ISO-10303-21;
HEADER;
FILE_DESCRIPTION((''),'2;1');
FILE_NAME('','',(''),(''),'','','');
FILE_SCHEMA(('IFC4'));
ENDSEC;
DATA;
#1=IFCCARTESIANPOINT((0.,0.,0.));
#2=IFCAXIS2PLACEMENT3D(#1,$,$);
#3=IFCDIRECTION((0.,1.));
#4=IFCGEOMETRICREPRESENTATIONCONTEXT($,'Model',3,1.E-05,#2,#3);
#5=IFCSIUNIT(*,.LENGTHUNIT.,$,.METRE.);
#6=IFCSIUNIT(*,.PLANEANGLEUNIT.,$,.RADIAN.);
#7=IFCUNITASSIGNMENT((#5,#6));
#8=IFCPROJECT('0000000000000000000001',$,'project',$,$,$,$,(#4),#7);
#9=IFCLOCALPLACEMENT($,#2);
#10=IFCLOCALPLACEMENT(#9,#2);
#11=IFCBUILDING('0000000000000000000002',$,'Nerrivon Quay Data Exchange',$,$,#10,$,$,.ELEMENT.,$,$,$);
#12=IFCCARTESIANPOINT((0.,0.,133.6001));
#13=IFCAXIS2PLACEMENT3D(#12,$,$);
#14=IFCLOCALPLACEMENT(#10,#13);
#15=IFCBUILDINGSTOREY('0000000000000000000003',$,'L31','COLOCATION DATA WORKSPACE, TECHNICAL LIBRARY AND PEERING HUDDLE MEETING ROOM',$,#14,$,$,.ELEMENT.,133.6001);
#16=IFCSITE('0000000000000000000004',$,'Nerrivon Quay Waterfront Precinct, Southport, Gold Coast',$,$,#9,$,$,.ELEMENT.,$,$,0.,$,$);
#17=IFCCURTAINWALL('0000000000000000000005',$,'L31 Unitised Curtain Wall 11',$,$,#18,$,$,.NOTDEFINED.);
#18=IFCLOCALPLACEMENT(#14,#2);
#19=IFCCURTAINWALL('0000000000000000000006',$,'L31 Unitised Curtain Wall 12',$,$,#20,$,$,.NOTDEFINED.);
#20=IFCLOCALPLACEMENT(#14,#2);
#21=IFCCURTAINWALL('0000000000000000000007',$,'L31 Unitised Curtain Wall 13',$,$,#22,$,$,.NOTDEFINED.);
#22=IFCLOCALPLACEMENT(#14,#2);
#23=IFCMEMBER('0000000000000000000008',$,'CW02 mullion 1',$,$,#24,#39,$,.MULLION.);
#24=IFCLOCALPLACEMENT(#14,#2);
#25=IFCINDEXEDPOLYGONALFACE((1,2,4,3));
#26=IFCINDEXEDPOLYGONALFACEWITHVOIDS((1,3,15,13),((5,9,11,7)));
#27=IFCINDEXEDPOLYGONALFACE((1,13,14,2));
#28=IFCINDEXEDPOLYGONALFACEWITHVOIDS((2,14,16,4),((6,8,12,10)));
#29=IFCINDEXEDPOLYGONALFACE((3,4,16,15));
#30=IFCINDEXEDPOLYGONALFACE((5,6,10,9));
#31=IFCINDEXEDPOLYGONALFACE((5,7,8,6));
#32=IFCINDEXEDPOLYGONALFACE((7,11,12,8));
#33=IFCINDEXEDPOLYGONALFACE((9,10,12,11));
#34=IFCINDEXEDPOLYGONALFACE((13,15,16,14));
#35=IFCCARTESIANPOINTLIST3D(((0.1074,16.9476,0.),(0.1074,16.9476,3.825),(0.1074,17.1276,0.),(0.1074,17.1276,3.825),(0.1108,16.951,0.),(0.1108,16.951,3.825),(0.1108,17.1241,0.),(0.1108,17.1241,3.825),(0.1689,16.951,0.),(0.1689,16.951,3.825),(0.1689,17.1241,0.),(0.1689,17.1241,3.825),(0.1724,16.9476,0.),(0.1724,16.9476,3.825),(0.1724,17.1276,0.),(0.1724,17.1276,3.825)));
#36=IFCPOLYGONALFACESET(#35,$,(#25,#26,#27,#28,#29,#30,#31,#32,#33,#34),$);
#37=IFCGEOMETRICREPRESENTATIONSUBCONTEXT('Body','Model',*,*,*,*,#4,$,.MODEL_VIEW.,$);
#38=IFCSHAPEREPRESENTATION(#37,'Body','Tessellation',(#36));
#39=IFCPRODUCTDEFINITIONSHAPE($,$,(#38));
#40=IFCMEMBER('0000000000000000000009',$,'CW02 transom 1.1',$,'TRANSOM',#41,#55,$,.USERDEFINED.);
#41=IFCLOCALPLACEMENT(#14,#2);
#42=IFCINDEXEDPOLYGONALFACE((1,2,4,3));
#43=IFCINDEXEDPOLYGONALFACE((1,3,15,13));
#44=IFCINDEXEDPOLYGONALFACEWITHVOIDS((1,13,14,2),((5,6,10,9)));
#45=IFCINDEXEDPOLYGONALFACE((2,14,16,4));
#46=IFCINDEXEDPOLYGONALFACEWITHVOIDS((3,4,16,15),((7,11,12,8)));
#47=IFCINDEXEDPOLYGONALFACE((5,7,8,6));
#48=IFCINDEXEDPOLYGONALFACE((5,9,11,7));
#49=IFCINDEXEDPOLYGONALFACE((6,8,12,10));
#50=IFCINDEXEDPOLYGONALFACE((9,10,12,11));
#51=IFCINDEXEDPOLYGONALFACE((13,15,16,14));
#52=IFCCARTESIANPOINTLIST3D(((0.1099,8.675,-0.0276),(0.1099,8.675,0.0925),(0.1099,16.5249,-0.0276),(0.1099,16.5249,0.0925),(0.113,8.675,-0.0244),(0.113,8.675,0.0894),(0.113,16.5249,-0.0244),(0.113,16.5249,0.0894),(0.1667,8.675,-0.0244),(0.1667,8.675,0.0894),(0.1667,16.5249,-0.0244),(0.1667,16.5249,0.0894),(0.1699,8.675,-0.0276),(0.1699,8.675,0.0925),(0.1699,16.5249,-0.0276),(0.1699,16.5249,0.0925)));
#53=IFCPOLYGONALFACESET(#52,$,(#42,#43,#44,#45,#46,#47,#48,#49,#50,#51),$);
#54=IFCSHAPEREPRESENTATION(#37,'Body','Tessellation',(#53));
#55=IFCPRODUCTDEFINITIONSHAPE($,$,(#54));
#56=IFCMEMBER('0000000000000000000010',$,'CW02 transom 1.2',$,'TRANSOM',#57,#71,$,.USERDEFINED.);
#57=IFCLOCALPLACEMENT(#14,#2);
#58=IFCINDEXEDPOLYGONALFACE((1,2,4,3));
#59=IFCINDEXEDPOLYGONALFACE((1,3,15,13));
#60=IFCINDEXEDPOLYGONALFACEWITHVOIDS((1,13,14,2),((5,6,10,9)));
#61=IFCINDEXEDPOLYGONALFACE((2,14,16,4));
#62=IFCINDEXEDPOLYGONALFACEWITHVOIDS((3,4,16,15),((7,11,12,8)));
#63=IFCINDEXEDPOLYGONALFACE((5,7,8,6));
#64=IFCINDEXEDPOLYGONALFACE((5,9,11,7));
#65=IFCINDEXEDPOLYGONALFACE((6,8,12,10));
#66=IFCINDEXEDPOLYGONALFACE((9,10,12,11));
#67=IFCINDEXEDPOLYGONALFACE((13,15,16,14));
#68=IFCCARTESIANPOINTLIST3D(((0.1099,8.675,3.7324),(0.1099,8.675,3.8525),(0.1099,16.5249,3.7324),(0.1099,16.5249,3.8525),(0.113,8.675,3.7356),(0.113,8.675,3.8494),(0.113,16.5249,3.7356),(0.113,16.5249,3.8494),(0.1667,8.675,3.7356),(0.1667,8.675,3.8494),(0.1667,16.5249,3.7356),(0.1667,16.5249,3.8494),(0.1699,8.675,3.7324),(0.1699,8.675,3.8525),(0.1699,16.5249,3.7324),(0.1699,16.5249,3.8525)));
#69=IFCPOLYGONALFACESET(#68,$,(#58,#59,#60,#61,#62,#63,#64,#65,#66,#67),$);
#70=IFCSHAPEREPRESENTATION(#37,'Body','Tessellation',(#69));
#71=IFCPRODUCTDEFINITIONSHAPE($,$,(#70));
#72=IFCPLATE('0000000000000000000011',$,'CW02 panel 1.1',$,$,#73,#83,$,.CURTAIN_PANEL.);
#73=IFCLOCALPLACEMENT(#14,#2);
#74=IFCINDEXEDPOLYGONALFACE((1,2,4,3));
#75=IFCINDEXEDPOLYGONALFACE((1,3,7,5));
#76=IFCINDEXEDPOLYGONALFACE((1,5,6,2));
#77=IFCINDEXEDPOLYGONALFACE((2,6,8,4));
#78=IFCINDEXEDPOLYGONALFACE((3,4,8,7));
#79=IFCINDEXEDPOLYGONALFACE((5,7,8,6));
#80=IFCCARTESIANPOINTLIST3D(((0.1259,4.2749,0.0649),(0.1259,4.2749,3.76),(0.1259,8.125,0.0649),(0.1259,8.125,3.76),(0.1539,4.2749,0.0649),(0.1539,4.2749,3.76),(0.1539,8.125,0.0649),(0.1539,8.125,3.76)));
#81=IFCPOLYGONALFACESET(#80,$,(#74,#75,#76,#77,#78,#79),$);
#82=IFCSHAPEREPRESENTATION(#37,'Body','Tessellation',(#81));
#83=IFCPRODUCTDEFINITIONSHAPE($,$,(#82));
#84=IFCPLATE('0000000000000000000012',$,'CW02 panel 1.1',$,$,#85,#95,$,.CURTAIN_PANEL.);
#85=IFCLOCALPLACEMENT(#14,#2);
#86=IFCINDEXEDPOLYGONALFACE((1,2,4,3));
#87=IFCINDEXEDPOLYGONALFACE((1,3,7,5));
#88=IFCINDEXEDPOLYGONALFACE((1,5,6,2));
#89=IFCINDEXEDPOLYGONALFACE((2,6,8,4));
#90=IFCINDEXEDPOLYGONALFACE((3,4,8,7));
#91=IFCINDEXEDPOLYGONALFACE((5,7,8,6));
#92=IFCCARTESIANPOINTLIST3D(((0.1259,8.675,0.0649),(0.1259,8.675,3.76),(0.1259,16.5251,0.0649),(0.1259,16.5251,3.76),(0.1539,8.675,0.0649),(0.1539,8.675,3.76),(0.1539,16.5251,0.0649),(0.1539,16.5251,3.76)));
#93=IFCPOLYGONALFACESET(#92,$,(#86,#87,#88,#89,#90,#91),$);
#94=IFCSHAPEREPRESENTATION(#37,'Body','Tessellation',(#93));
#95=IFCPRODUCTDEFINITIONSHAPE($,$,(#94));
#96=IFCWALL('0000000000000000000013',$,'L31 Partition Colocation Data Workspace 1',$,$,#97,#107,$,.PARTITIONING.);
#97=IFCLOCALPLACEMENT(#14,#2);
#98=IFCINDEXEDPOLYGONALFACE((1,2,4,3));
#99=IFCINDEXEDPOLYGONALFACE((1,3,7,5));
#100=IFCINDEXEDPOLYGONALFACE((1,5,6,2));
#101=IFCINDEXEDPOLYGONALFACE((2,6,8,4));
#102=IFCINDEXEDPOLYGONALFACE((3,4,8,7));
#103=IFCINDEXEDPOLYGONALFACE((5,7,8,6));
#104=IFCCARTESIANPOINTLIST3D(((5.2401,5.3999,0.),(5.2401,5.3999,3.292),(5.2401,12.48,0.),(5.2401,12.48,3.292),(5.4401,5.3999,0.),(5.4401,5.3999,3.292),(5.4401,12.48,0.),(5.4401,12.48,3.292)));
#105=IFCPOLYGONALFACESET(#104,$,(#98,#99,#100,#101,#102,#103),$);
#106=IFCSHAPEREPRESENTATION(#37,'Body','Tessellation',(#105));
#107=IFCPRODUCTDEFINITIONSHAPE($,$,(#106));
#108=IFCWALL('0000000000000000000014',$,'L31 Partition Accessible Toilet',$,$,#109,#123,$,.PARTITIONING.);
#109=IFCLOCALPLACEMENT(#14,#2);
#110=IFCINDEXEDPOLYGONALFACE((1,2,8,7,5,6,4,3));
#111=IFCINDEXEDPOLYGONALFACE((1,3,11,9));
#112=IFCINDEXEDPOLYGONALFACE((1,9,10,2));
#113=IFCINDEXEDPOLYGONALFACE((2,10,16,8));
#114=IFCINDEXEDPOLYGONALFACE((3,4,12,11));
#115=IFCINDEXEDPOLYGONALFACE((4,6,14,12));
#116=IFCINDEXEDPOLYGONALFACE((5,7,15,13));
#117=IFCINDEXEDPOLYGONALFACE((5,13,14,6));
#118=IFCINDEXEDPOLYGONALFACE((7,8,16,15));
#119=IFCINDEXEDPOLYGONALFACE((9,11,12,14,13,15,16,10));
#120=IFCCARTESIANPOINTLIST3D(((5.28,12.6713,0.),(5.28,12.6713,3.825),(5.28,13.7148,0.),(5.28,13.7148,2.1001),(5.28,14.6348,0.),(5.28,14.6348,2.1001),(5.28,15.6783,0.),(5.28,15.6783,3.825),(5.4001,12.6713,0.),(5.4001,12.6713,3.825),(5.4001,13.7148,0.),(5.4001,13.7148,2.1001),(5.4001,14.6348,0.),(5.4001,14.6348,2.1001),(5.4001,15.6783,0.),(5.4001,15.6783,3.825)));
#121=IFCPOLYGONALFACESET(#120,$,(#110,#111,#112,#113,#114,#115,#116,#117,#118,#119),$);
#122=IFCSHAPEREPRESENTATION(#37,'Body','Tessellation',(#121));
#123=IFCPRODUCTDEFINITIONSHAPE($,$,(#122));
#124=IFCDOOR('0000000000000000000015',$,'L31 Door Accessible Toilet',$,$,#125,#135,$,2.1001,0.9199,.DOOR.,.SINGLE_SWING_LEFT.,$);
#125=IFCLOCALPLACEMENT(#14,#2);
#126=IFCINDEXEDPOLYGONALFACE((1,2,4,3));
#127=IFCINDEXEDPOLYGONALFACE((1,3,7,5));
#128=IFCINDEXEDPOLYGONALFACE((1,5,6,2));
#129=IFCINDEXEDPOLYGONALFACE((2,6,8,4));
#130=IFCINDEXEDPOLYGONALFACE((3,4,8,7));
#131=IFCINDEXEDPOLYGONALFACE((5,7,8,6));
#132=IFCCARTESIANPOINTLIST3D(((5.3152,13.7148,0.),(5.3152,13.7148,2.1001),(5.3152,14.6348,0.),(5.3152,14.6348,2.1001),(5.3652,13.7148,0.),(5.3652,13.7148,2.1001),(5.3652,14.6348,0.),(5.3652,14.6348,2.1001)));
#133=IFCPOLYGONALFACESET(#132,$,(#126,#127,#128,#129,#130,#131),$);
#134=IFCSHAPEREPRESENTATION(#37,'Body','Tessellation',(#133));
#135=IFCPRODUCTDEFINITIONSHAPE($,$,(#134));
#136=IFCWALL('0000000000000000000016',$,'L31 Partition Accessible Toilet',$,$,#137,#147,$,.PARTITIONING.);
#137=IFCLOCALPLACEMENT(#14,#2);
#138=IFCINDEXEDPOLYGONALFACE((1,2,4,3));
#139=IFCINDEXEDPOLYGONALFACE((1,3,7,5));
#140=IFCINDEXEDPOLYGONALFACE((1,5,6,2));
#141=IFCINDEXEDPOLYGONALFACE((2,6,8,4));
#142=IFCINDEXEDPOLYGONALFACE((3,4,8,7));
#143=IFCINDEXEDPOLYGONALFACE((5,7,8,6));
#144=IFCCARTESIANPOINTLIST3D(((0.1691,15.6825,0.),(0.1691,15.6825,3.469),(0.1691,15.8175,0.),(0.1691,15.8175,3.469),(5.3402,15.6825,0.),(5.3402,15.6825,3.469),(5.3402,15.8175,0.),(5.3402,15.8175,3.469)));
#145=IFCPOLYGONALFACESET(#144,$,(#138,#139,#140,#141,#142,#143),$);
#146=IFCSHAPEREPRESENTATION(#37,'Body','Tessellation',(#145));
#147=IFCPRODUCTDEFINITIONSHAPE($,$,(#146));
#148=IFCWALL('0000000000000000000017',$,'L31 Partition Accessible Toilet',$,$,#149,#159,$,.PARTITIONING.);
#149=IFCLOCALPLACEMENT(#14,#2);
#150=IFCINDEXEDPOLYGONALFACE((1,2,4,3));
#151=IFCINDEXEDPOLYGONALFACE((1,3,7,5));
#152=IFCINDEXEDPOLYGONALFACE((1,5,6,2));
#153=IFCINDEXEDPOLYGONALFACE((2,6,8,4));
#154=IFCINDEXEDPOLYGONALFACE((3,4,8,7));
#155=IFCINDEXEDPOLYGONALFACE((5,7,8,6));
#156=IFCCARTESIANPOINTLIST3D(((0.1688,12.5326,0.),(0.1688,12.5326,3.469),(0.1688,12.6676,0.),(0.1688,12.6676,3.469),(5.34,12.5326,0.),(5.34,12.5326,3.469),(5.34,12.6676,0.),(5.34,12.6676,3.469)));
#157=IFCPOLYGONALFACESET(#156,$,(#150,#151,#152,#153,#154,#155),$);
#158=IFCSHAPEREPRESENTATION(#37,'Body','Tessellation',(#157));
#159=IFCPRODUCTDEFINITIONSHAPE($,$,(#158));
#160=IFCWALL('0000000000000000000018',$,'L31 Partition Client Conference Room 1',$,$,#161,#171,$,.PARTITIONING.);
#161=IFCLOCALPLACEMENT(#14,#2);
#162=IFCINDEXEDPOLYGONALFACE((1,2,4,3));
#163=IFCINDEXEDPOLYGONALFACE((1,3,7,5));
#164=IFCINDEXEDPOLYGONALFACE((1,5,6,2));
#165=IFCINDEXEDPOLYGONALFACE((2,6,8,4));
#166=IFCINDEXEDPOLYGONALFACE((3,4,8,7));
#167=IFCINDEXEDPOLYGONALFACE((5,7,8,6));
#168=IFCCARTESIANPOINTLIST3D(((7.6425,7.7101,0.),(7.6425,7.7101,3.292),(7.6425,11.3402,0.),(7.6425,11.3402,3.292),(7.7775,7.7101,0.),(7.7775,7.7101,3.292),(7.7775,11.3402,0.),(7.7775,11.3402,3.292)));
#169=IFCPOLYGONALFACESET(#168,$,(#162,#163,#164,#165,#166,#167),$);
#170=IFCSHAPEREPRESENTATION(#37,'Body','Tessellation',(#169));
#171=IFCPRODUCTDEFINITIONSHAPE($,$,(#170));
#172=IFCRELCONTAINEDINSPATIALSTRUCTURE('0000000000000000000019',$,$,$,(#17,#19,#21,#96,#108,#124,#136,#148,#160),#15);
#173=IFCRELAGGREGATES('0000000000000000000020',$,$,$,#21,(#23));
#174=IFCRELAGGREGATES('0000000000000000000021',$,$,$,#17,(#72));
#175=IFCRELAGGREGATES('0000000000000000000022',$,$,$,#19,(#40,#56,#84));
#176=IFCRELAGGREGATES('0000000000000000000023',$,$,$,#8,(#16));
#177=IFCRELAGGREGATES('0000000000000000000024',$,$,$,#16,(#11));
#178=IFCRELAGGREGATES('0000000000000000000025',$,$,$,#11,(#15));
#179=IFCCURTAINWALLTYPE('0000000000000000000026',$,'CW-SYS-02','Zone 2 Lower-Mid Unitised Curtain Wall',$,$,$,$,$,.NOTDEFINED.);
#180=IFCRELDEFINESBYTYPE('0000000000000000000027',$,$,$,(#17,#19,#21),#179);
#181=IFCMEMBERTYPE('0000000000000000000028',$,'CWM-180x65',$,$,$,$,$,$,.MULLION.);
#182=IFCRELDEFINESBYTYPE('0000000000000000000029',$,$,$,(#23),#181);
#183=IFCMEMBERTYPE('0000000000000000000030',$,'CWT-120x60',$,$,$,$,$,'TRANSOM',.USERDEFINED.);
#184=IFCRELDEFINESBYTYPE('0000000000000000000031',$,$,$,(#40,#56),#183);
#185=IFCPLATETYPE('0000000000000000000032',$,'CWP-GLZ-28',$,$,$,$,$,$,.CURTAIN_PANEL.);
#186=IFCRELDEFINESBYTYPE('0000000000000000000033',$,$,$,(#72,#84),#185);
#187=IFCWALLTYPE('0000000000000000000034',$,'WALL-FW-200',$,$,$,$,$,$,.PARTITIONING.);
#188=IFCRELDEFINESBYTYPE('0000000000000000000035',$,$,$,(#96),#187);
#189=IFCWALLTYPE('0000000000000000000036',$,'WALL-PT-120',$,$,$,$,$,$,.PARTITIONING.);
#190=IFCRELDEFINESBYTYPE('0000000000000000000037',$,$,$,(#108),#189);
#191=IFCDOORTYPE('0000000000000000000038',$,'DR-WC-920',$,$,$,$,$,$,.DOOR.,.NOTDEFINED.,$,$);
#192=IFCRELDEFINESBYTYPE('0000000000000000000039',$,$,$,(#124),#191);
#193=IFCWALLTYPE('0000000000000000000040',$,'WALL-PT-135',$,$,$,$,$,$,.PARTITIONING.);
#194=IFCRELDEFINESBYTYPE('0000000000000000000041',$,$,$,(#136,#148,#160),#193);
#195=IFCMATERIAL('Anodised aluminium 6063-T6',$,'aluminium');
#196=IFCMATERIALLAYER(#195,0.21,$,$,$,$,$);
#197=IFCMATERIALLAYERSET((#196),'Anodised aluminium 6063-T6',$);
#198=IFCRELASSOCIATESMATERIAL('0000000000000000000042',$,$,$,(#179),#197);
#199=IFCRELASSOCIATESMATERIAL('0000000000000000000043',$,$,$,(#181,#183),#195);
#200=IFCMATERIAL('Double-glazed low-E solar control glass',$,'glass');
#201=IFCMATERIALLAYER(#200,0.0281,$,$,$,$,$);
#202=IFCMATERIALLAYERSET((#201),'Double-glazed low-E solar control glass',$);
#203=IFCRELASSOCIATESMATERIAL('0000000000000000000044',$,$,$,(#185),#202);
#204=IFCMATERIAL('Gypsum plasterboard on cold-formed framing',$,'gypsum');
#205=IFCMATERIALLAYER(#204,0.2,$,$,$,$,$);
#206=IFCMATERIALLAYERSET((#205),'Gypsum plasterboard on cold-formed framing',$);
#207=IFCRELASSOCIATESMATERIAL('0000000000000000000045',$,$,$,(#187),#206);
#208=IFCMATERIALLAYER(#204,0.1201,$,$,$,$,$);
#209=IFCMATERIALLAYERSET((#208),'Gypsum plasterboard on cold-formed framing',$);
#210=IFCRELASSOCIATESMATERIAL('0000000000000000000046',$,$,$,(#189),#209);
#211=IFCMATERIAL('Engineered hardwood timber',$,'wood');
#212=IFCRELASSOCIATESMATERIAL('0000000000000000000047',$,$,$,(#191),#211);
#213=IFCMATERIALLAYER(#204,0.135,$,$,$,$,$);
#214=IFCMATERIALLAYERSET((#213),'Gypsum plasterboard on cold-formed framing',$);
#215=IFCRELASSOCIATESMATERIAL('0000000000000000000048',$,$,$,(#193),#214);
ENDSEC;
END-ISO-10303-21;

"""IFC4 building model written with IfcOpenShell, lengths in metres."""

from ifc_helpers import new_model, si_unit, direction, frame, frame_2d, origin, origin_2d, place, context, subcontext, project, spatial, rectangle, hollow_rectangle, extrude, material, layer, layer_set, material_profile, profile_set, type_object, element, fill, aggregate, save


model = new_model("IFC4")

# Units and contexts
model_context = context("Model", 3, precision=1e-05, world=origin(), true_north=direction((0.0, 1.0)))
body_context = subcontext(model_context, "Body", "Model", "MODEL_VIEW")
ifc_project = project(units=[si_unit("LENGTHUNIT", "METRE"), si_unit("PLANEANGLEUNIT", "RADIAN")], contexts=[model_context])

# Site, building, storey
site_placement = place(None, origin())
site = spatial("IfcSite", under=ifc_project, at=site_placement, Name="Nerrivon Quay Waterfront Precinct, Southport, Gold Coast", CompositionType="ELEMENT", RefElevation=0.0)
building_placement = place(site_placement, origin())
building = spatial("IfcBuilding", under=site, at=building_placement, Name="Nerrivon Quay Data Exchange", CompositionType="ELEMENT")
storey_placement = place(building_placement, frame((0.0, 0.0, 133.6001)))
storey = spatial("IfcBuildingStorey", under=building, at=storey_placement, Name="L31", Description="COLOCATION DATA WORKSPACE, TECHNICAL LIBRARY AND PEERING HUDDLE MEETING ROOM", CompositionType="ELEMENT", Elevation=133.6001)

# Curtain wall
ifc_material_1 = material(Name="Anodised aluminium 6063-T6", Category="aluminium")
ifc_layer_1 = layer(ifc_material_1, 0.21)
ifc_layer_set_1 = layer_set([ifc_layer_1], Name="Anodised aluminium 6063-T6")
curtain_wall_type = type_object("IfcCurtainWallType", Name="CW-SYS-02", Description="Zone 2 Lower-Mid Unitised Curtain Wall", PredefinedType="NOTDEFINED", material=ifc_layer_set_1)
curtain_wall_1_placement = place(storey_placement, origin())
curtain_wall_1 = element("IfcCurtainWall", 1, at=curtain_wall_1_placement, inside=storey, type_object=curtain_wall_type, Name="L31 Unitised Curtain Wall 11", PredefinedType="NOTDEFINED")
ifc_material_profile_1 = material_profile(ifc_material_1, hollow_rectangle(XDim=0.0649, YDim=0.1799, WallThickness=0.0034, at=origin_2d()), Name="ALU-MULL-180x65")
ifc_profile_set_1 = profile_set([ifc_material_profile_1], Name="Anodised aluminium 6063-T6")
member_type_1 = type_object("IfcMemberType", Name="CWM-180x65", PredefinedType="MULLION", material=ifc_profile_set_1)

# Curtain wall
curtain_wall_2_placement = place(storey_placement, origin())
curtain_wall_2 = element("IfcCurtainWall", 2, at=curtain_wall_2_placement, inside=storey, type_object=curtain_wall_type, Name="L31 Unitised Curtain Wall 12", PredefinedType="NOTDEFINED")

# Curtain wall, member
curtain_wall_3_placement = place(storey_placement, origin())
curtain_wall_3 = element("IfcCurtainWall", 3, at=curtain_wall_3_placement, inside=storey, type_object=curtain_wall_type, Name="L31 Unitised Curtain Wall 13", PredefinedType="NOTDEFINED")
member_1_placement = place(storey_placement, frame((0.1399, 17.0376, 0.0), z_axis=(0.0, 0.0, 1.0), x_axis=(-1.0, 0.0, 0.0)))
member_1 = element("IfcMember", 4, at=member_1_placement, type_object=member_type_1, Name="CW02 mullion 1", PredefinedType="MULLION", context=body_context, shape_type="SweptSolid", body=[
    extrude(hollow_rectangle(XDim=0.0649, YDim=0.1799, WallThickness=0.0034, at=origin_2d()), origin(), (0.0, 0.0, 1.0), 3.825),
])
aggregate(curtain_wall_3, [member_1])

# Members
ifc_material_profile_2 = material_profile(ifc_material_1, hollow_rectangle(XDim=0.0601, YDim=0.1201, WallThickness=0.0032, at=origin_2d()), Name="ALU-TRAN-120x60")
ifc_profile_set_2 = profile_set([ifc_material_profile_2], Name="Anodised aluminium 6063-T6")
member_type_2 = type_object("IfcMemberType", Name="CWT-120x60", ElementType="TRANSOM", PredefinedType="USERDEFINED", material=ifc_profile_set_2)
member_2_placement = place(storey_placement, frame((0.1399, 8.675, 0.0325), z_axis=(0.0, 1.0, 0.0), x_axis=(-1.0, 0.0, 0.0)))
member_2 = element("IfcMember", 5, at=member_2_placement, type_object=member_type_2, Name="CW02 transom 1.1", ObjectType="TRANSOM", PredefinedType="USERDEFINED", context=body_context, shape_type="SweptSolid", body=[
    extrude(hollow_rectangle(XDim=0.0601, YDim=0.1201, WallThickness=0.0032, at=origin_2d()), origin(), (0.0, 0.0, 1.0), 7.8499),
])
member_3_placement = place(storey_placement, frame((0.1399, 8.675, 3.7925), z_axis=(0.0, 1.0, 0.0), x_axis=(-1.0, 0.0, 0.0)))
member_3 = element("IfcMember", 6, at=member_3_placement, type_object=member_type_2, Name="CW02 transom 1.2", ObjectType="TRANSOM", PredefinedType="USERDEFINED", context=body_context, shape_type="SweptSolid", body=[
    extrude(hollow_rectangle(XDim=0.0601, YDim=0.1201, WallThickness=0.0032, at=origin_2d()), origin(), (0.0, 0.0, 1.0), 7.8499),
])

# Plates
ifc_material_2 = material(Name="Double-glazed low-E solar control glass", Category="glass")
ifc_layer_2 = layer(ifc_material_2, 0.0281)
ifc_layer_set_2 = layer_set([ifc_layer_2], Name="Double-glazed low-E solar control glass")
plate_type = type_object("IfcPlateType", Name="CWP-GLZ-28", PredefinedType="CURTAIN_PANEL", material=ifc_layer_set_2)
plate_1_placement = place(storey_placement, frame((0.1399, 6.2, 0.0649), z_axis=(0.0, 0.0, 1.0), x_axis=(0.0, 1.0, 0.0)))
plate_1 = element("IfcPlate", 7, at=plate_1_placement, type_object=plate_type, Name="CW02 panel 1.1", PredefinedType="CURTAIN_PANEL", context=body_context, shape_type="SweptSolid", body=[
    extrude(rectangle(XDim=3.8501, YDim=0.0281, at=origin_2d()), origin(), (0.0, 0.0, 1.0), 3.6951),
])
aggregate(curtain_wall_1, [plate_1])
plate_2_placement = place(storey_placement, frame((0.1399, 12.6001, 0.0649), z_axis=(0.0, 0.0, 1.0), x_axis=(0.0, 1.0, 0.0)))
plate_2 = element("IfcPlate", 8, at=plate_2_placement, type_object=plate_type, Name="CW02 panel 1.1", PredefinedType="CURTAIN_PANEL", context=body_context, shape_type="SweptSolid", body=[
    extrude(rectangle(XDim=7.8501, YDim=0.0281, at=origin_2d()), origin(), (0.0, 0.0, 1.0), 3.6951),
])
aggregate(curtain_wall_2, [member_2, member_3, plate_2])

# Wall
ifc_material_3 = material(Name="Gypsum plasterboard on cold-formed framing", Category="gypsum")
ifc_layer_3 = layer(ifc_material_3, 0.2)
ifc_layer_set_3 = layer_set([ifc_layer_3], Name="Gypsum plasterboard on cold-formed framing")
wall_type_1 = type_object("IfcWallType", Name="WALL-FW-200", PredefinedType="PARTITIONING", material=ifc_layer_set_3)
wall_1_placement = place(storey_placement, frame((5.3401, 5.3999, 0.0), z_axis=(0.0, 0.0, 1.0), x_axis=(0.0, 1.0, 0.0)))
element("IfcWall", 9, at=wall_1_placement, inside=storey, type_object=wall_type_1, Name="L31 Partition Colocation Data Workspace 1", PredefinedType="PARTITIONING", context=body_context, shape_type="SweptSolid", body=[
    extrude(rectangle(XDim=7.0801, YDim=0.2, at=frame_2d((3.54, 0.0))), origin(), (0.0, 0.0, 1.0), 3.292),
])

# Wall, opening, door
ifc_layer_4 = layer(ifc_material_3, 0.1201)
ifc_layer_set_4 = layer_set([ifc_layer_4], Name="Gypsum plasterboard on cold-formed framing")
wall_type_2 = type_object("IfcWallType", Name="WALL-PT-120", PredefinedType="PARTITIONING", material=ifc_layer_set_4)
wall_2_placement = place(storey_placement, frame((5.3401, 12.6714, 0.0), z_axis=(0.0, 0.0, 1.0), x_axis=(0.0, 1.0, 0.0)))
wall_2 = element("IfcWall", 10, at=wall_2_placement, inside=storey, type_object=wall_type_2, Name="L31 Partition Accessible Toilet", PredefinedType="PARTITIONING", context=body_context, shape_type="SweptSolid", body=[
    extrude(rectangle(XDim=3.0071, YDim=0.1201, at=frame_2d((1.5034, 0.0))), origin(), (0.0, 0.0, 1.0), 3.825),
])
opening_1_placement = place(wall_2_placement, frame((1.0435, 0.0, 0.0)))
opening_1 = element("IfcOpeningElement", 11, at=opening_1_placement, cuts=wall_2, PredefinedType="OPENING", context=body_context, shape_type="SweptSolid", body=[
    extrude(rectangle(XDim=0.9199, YDim=2.1001, at=frame_2d((0.46, 1.05))), frame((0.0, 0.0701, 0.0), z_axis=(0.0, -1.0, 0.0), x_axis=(1.0, 0.0, 0.0)), (0.0, 0.0, 1.0), 0.1401),
])
ifc_material_4 = material(Name="Engineered hardwood timber", Category="wood")
door_type_1 = type_object("IfcDoorType", Name="DR-WC-920", OperationType="NOTDEFINED", PredefinedType="DOOR", material=ifc_material_4)
door_1_placement = place(opening_1_placement, origin())
door_1 = element("IfcDoor", 12, at=door_1_placement, inside=storey, type_object=door_type_1, Name="L31 Door Accessible Toilet", OperationType="SINGLE_SWING_LEFT", OverallHeight=2.1001, OverallWidth=0.9199, PredefinedType="DOOR", context=body_context, shape_type="SweptSolid", body=[
    extrude(rectangle(XDim=0.9199, YDim=2.1001, at=frame_2d((0.46, 1.05))), frame((0.0, 0.0249, 0.0), z_axis=(0.0, -1.0, 0.0), x_axis=(1.0, 0.0, 0.0)), (0.0, 0.0, 1.0), 0.05),
])
fill(opening_1, door_1)

# Walls
ifc_layer_5 = layer(ifc_material_3, 0.135)
ifc_layer_set_5 = layer_set([ifc_layer_5], Name="Gypsum plasterboard on cold-formed framing")
wall_type_3 = type_object("IfcWallType", Name="WALL-PT-135", PredefinedType="PARTITIONING", material=ifc_layer_set_5)
for number, where, z_axis, x_axis, name in (
    (13, (5.3401, 15.75, 0.0), (0.0, 0.0, 1.0), (-1.0, 0.0, 0.0), "L31 Partition Accessible Toilet"),
    (14, (0.1689, 12.6001, 0.0), (0.0, 0.0, 1.0), (1.0, 0.0, 0.0), "L31 Partition Accessible Toilet"),
):
    element("IfcWall", number, at=place(storey_placement, frame(where, z_axis=z_axis, x_axis=x_axis)), inside=storey, type_object=wall_type_3, Name=name, PredefinedType="PARTITIONING", context=body_context, shape_type="SweptSolid", body=[
        extrude(rectangle(XDim=5.1711, YDim=0.135, at=frame_2d((2.5854, 0.0))), origin(), (0.0, 0.0, 1.0), 3.469),
    ])
wall_3_placement = place(storey_placement, frame((7.71, 11.3401, 0.0), z_axis=(0.0, 0.0, 1.0), x_axis=(0.0, -1.0, 0.0)))
element("IfcWall", 15, at=wall_3_placement, inside=storey, type_object=wall_type_3, Name="L31 Partition Client Conference Room 1", PredefinedType="PARTITIONING", context=body_context, shape_type="SweptSolid", body=[
    extrude(rectangle(XDim=3.6301, YDim=0.135, at=frame_2d((1.8149, 0.0))), origin(), (0.0, 0.0, 1.0), 3.292),
])

save(model, "model.ifc")
